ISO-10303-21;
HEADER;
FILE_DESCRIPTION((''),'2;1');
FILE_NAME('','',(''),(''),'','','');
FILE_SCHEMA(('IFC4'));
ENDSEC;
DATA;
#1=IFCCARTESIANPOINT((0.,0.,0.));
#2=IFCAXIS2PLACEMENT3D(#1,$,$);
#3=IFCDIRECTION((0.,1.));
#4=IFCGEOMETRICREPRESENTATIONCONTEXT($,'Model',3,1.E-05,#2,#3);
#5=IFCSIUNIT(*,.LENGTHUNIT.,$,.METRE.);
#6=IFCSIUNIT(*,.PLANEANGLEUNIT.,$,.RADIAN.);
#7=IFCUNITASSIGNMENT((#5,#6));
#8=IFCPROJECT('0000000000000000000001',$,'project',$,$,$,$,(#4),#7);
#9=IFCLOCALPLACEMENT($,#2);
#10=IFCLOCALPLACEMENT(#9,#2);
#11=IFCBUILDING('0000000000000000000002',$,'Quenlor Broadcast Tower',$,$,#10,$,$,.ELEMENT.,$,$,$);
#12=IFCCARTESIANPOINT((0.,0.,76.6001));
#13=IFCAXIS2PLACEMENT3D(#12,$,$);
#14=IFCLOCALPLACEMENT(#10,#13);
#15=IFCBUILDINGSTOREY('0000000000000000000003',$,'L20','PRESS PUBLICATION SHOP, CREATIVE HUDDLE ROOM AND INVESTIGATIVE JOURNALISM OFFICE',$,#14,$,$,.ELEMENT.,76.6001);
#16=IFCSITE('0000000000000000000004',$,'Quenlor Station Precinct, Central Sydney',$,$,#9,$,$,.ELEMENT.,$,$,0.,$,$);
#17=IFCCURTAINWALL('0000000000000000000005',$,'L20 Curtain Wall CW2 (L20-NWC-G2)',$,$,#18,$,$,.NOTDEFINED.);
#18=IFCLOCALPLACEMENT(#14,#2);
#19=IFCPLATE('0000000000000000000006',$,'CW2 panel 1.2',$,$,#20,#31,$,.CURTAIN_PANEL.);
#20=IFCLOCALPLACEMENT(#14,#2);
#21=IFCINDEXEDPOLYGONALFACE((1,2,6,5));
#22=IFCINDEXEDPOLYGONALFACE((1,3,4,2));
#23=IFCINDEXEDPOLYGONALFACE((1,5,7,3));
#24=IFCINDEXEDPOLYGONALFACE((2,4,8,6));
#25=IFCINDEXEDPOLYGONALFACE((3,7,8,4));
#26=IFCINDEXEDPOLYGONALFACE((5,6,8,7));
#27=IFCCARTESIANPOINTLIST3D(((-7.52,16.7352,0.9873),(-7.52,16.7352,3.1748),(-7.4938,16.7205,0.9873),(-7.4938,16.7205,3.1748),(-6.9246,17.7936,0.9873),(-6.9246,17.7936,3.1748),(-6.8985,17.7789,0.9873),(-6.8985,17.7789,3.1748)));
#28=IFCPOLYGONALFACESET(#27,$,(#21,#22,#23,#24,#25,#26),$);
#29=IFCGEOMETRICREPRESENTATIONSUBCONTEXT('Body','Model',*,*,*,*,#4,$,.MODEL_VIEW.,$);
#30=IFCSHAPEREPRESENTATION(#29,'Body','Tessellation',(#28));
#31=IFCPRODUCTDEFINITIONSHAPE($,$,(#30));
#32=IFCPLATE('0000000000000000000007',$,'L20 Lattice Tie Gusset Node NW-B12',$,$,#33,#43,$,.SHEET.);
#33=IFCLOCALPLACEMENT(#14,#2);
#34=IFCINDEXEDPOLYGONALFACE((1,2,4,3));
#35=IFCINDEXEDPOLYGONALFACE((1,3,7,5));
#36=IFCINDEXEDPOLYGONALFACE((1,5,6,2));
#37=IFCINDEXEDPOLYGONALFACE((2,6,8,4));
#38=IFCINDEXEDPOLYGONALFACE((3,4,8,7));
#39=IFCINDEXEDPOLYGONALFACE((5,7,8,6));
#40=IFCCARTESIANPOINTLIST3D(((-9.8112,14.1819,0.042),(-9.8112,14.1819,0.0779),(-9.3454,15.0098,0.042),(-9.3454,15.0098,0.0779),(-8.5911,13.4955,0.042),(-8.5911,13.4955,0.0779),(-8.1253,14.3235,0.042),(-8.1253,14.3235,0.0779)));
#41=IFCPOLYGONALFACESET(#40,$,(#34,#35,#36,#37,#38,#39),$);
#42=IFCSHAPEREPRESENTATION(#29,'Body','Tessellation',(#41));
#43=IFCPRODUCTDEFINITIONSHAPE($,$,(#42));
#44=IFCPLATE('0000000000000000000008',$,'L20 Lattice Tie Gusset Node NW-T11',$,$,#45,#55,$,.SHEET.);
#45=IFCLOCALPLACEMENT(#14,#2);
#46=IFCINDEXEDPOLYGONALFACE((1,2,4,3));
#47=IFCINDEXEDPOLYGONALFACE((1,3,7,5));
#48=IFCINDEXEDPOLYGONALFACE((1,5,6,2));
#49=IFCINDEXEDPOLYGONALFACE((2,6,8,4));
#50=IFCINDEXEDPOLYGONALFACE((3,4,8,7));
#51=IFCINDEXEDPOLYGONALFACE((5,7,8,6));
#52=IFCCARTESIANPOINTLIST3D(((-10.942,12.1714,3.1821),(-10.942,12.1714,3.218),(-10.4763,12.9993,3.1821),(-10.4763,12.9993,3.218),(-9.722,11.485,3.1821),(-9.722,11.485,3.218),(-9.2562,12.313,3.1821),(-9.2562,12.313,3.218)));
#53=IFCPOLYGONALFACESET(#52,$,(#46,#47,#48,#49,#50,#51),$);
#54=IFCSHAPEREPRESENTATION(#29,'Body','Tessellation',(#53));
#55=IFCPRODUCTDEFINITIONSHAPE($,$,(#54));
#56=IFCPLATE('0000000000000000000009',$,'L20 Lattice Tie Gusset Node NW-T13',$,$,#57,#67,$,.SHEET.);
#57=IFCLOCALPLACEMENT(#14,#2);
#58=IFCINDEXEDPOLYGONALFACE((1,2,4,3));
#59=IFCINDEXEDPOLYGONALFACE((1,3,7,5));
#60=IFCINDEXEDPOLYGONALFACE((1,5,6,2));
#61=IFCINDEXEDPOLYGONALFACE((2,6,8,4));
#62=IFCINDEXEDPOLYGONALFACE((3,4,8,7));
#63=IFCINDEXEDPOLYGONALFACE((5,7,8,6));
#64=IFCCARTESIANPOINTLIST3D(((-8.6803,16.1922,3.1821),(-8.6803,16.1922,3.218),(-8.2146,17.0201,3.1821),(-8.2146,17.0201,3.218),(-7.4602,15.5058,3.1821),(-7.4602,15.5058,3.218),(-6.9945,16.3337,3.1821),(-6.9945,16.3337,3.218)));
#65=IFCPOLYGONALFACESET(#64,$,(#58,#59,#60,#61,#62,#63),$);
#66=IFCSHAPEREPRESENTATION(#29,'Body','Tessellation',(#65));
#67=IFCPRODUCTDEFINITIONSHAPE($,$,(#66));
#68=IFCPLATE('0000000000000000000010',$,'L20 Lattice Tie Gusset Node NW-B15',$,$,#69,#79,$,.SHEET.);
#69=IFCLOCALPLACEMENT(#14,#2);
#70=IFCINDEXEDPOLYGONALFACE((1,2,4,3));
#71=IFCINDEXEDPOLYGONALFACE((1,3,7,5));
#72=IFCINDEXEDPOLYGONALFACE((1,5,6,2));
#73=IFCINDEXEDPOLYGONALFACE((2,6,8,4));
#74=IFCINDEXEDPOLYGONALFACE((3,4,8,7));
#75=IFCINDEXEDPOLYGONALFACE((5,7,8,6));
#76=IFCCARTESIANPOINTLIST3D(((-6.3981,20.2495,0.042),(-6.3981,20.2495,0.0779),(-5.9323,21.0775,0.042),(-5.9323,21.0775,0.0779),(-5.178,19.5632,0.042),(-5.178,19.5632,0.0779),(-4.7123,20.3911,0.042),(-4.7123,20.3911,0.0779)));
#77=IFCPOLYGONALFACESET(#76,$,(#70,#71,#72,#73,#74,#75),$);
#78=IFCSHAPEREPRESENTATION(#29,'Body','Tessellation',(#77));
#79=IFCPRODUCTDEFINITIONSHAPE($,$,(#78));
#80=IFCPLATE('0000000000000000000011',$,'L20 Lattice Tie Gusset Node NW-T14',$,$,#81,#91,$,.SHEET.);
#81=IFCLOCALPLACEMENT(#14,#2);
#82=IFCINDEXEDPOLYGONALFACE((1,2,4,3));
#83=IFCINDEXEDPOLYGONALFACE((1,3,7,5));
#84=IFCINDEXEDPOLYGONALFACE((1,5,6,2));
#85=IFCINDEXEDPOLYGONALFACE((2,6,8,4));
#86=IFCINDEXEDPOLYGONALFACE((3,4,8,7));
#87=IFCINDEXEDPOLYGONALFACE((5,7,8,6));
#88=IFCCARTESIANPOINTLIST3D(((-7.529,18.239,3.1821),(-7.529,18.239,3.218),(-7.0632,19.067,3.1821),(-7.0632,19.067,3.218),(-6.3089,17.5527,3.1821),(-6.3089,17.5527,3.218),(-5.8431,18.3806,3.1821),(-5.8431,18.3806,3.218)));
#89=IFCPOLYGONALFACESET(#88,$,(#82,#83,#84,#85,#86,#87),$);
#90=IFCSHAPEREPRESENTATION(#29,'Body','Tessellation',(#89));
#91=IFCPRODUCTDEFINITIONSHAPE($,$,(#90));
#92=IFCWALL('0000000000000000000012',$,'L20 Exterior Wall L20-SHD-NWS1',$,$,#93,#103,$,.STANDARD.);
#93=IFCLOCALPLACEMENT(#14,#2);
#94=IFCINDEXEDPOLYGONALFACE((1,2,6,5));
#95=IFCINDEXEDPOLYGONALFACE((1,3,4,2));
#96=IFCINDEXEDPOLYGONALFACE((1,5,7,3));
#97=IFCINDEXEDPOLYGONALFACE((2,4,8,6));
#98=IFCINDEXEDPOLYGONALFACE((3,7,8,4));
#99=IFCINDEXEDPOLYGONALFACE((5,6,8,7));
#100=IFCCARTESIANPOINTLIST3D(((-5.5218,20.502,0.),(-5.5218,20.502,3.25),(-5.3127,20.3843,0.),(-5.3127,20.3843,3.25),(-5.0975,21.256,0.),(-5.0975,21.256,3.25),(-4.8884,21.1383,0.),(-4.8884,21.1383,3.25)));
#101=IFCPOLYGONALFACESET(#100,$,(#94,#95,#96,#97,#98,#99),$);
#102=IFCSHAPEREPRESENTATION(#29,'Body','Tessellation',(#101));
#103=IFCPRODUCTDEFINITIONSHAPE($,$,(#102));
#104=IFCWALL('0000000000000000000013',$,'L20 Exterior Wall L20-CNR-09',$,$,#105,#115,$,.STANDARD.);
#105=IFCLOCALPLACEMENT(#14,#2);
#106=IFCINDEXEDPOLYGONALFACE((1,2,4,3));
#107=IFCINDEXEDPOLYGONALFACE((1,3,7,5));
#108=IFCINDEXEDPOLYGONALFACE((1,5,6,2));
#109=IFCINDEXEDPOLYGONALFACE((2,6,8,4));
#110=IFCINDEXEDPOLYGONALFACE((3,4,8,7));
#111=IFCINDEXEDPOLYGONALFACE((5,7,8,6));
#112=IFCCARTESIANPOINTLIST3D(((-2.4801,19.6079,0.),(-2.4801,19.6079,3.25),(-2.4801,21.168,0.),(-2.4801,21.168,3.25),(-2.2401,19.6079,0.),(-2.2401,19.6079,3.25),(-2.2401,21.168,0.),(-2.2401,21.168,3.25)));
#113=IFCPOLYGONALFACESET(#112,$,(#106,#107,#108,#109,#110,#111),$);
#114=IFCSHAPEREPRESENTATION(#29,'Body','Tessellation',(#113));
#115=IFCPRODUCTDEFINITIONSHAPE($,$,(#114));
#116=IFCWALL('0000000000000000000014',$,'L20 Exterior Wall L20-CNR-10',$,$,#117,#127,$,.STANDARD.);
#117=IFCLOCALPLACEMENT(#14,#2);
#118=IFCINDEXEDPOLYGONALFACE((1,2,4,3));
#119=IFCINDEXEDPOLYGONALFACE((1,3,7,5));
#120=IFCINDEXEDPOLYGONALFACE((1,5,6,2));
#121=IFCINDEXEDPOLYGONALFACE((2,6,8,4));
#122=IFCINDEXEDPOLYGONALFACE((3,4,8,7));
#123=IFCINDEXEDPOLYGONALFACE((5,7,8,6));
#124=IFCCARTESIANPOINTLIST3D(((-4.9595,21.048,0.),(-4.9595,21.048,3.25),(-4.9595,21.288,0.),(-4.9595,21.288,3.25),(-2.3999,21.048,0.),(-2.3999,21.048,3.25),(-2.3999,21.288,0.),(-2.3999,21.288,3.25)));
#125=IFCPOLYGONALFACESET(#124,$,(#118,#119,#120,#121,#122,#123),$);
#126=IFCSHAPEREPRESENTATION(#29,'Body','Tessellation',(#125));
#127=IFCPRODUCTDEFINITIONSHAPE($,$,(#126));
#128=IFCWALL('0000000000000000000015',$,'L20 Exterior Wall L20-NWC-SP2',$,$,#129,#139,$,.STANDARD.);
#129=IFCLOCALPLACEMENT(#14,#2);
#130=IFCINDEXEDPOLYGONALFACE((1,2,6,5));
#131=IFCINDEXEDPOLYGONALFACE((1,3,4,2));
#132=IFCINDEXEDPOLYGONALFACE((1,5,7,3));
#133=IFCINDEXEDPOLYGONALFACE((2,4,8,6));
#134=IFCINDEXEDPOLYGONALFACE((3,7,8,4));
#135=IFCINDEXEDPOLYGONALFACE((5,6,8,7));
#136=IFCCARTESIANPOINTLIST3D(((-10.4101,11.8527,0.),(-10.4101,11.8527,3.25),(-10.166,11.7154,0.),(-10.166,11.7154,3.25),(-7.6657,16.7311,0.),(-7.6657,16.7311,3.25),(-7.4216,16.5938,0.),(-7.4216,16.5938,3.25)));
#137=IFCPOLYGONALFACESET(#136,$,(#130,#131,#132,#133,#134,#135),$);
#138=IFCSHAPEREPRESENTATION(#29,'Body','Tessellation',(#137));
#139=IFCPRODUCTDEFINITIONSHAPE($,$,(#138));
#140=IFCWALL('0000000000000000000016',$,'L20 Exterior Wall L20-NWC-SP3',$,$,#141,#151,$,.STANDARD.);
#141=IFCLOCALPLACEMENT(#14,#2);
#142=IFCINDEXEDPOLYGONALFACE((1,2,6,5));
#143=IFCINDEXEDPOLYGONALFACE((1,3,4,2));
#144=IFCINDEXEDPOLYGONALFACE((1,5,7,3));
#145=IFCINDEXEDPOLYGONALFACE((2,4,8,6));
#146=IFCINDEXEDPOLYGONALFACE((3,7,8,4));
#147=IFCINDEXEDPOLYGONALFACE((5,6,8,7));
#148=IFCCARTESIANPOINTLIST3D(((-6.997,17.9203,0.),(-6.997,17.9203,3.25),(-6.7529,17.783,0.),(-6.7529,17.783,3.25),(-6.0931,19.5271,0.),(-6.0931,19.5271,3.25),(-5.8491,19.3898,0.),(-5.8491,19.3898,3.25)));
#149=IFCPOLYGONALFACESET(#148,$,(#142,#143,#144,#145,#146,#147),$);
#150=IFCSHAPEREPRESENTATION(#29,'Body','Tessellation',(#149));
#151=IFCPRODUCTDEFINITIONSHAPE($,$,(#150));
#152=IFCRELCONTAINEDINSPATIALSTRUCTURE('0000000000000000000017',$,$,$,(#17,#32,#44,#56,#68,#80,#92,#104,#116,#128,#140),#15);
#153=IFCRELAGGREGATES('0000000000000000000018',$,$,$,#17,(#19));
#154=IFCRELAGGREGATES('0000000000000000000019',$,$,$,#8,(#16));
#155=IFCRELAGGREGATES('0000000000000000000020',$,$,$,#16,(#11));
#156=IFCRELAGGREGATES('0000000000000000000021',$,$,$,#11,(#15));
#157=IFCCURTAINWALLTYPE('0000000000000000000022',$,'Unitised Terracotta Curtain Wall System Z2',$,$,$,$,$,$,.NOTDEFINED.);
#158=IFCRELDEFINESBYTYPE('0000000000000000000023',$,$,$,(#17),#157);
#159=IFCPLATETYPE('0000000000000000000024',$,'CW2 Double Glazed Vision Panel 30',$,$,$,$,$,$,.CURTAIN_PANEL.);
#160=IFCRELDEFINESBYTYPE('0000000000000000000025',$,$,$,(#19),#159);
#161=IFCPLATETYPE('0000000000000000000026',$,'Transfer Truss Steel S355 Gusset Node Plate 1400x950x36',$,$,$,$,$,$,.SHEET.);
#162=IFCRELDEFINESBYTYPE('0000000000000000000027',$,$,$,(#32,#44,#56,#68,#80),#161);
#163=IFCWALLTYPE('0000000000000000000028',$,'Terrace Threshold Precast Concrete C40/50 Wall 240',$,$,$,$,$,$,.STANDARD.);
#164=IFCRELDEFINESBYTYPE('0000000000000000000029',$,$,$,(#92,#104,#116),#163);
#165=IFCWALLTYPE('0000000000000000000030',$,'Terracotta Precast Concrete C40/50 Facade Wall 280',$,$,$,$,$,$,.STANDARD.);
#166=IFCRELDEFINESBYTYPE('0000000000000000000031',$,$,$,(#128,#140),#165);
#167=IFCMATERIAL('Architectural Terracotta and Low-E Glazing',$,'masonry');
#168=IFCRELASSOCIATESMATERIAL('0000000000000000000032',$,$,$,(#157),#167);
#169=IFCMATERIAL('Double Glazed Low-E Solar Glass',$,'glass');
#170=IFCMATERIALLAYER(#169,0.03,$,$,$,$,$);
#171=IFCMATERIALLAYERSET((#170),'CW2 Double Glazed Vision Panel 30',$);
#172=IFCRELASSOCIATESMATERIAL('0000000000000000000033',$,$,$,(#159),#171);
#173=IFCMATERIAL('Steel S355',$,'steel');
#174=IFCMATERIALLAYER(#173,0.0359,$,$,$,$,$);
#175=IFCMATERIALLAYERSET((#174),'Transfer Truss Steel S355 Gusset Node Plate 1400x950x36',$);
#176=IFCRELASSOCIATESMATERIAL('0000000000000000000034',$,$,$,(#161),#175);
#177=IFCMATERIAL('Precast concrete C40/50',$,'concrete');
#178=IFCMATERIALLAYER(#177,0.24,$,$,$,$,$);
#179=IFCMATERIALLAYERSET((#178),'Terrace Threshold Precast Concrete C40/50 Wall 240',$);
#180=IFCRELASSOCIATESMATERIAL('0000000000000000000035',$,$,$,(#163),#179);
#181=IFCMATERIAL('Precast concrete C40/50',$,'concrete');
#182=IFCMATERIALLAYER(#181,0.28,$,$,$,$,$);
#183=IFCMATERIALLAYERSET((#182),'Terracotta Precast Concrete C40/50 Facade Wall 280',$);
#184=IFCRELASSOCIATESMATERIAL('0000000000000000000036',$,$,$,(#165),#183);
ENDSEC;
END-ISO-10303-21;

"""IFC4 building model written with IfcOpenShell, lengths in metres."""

from ifc_helpers import new_model, si_unit, direction, frame, frame_2d, origin, origin_2d, place, context, subcontext, project, spatial, rectangle, extrude, material, layer, layer_set, type_object, element, aggregate, save


model = new_model("IFC4")

# Units and contexts
model_context = context("Model", 3, precision=1e-05, world=origin(), true_north=direction((0.0, 1.0)))
body_context = subcontext(model_context, "Body", "Model", "MODEL_VIEW")
ifc_project = project(units=[si_unit("LENGTHUNIT", "METRE"), si_unit("PLANEANGLEUNIT", "RADIAN")], contexts=[model_context])

# Site, building, storey
site_placement = place(None, origin())
site = spatial("IfcSite", under=ifc_project, at=site_placement, Name="Quenlor Station Precinct, Central Sydney", CompositionType="ELEMENT", RefElevation=0.0)
building_placement = place(site_placement, origin())
building = spatial("IfcBuilding", under=site, at=building_placement, Name="Quenlor Broadcast Tower", CompositionType="ELEMENT")
storey_placement = place(building_placement, frame((0.0, 0.0, 76.6001)))
storey = spatial("IfcBuildingStorey", under=building, at=storey_placement, Name="L20", Description="PRESS PUBLICATION SHOP, CREATIVE HUDDLE ROOM AND INVESTIGATIVE JOURNALISM OFFICE", CompositionType="ELEMENT", Elevation=76.6001)

# Shared definitions
ifc_material_1 = material(Name="Architectural Terracotta and Low-E Glazing", Category="masonry")
curtain_wall_type = type_object("IfcCurtainWallType", Name="Unitised Terracotta Curtain Wall System Z2", PredefinedType="NOTDEFINED", material=ifc_material_1)

# Curtain wall
curtain_wall_1_placement = place(storey_placement, origin())
curtain_wall_1 = element("IfcCurtainWall", 1, at=curtain_wall_1_placement, inside=storey, type_object=curtain_wall_type, Name="L20 Curtain Wall CW2 (L20-NWC-G2)", PredefinedType="NOTDEFINED")

# Plate
ifc_material_2 = material(Name="Double Glazed Low-E Solar Glass", Category="glass")
ifc_layer_1 = layer(ifc_material_2, 0.03)
ifc_layer_set_1 = layer_set([ifc_layer_1], Name="CW2 Double Glazed Vision Panel 30")
plate_type_1 = type_object("IfcPlateType", Name="CW2 Double Glazed Vision Panel 30", PredefinedType="CURTAIN_PANEL", material=ifc_layer_set_1)
plate_1_placement = place(storey_placement, frame((-7.2092, 17.2571, 0.9873), z_axis=(0.0, 0.0, 1.0), x_axis=(0.490247, 0.871583, 0.0)))
plate_1 = element("IfcPlate", 2, at=plate_1_placement, type_object=plate_type_1, Name="CW2 panel 1.2", PredefinedType="CURTAIN_PANEL", context=body_context, shape_type="SweptSolid", body=[
    extrude(rectangle(XDim=1.2144, YDim=0.03, at=origin_2d()), origin(), (0.0, 0.0, 1.0), 2.1875),
])
aggregate(curtain_wall_1, [plate_1])

# Plates
ifc_material_3 = material(Name="Steel S355", Category="steel")
ifc_layer_2 = layer(ifc_material_3, 0.0359)
ifc_layer_set_2 = layer_set([ifc_layer_2], Name="Transfer Truss Steel S355 Gusset Node Plate 1400x950x36")
plate_type_2 = type_object("IfcPlateType", Name="Transfer Truss Steel S355 Gusset Node Plate 1400x950x36", PredefinedType="SHEET", material=ifc_layer_set_2)
for number, where, z_axis, x_axis, name in (
    (3, (-8.9683, 14.2527, 0.042), (0.0, 0.0, 1.0), (-0.871556, 0.490295, 0.0), "L20 Lattice Tie Gusset Node NW-B12"),
    (4, (-10.0991, 12.2422, 3.1821), (0.0, 0.0, 1.0), (-0.871556, 0.490295, 0.0), "L20 Lattice Tie Gusset Node NW-T11"),
    (5, (-7.8374, 16.2629, 3.1821), (0.0, 0.0, 1.0), (-0.871556, 0.490295, 0.0), "L20 Lattice Tie Gusset Node NW-T13"),
    (6, (-5.5552, 20.3203, 0.042), (0.0, 0.0, 1.0), (-0.871556, 0.490295, 0.0), "L20 Lattice Tie Gusset Node NW-B15"),
    (7, (-6.686, 18.3098, 3.1821), (0.0, 0.0, 1.0), (-0.871556, 0.490295, 0.0), "L20 Lattice Tie Gusset Node NW-T14"),
):
    element("IfcPlate", number, at=place(storey_placement, frame(where, z_axis=z_axis, x_axis=x_axis)), inside=storey, type_object=plate_type_2, Name=name, PredefinedType="SHEET", context=body_context, shape_type="SweptSolid", body=[
        extrude(rectangle(XDim=1.3999, YDim=0.95, at=origin_2d()), origin(), (0.0, 0.0, 1.0), 0.0359),
    ])

# Walls
ifc_material_4 = material(Name="Precast concrete C40/50", Category="concrete")
ifc_layer_3 = layer(ifc_material_4, 0.24)
ifc_layer_set_3 = layer_set([ifc_layer_3], Name="Terrace Threshold Precast Concrete C40/50 Wall 240")
wall_type_1 = type_object("IfcWallType", Name="Terrace Threshold Precast Concrete C40/50 Wall 240", PredefinedType="STANDARD", material=ifc_layer_set_3)
wall_1_placement = place(storey_placement, frame((-5.4172, 20.4431, 0.0), z_axis=(0.0, 0.0, 1.0), x_axis=(0.490355, 0.871523, 0.0)))
element("IfcWall", 8, at=wall_1_placement, inside=storey, type_object=wall_type_1, Name="L20 Exterior Wall L20-SHD-NWS1", PredefinedType="STANDARD", context=body_context, shape_type="SweptSolid", body=[
    extrude(rectangle(XDim=0.8652, YDim=0.24, at=frame_2d((0.4326, 0.0))), origin(), (0.0, 0.0, 1.0), 3.25),
])
wall_2_placement = place(storey_placement, frame((-2.3601, 19.6079, 0.0), z_axis=(0.0, 0.0, 1.0), x_axis=(0.0, 1.0, 0.0)))
element("IfcWall", 9, at=wall_2_placement, inside=storey, type_object=wall_type_1, Name="L20 Exterior Wall L20-CNR-09", PredefinedType="STANDARD", context=body_context, shape_type="SweptSolid", body=[
    extrude(rectangle(XDim=1.5601, YDim=0.24, at=frame_2d((0.78, 0.0))), origin(), (0.0, 0.0, 1.0), 3.25),
])
wall_3_placement = place(storey_placement, frame((-2.3999, 21.168, 0.0), z_axis=(0.0, 0.0, 1.0), x_axis=(-1.0, 0.0, 0.0)))
element("IfcWall", 10, at=wall_3_placement, inside=storey, type_object=wall_type_1, Name="L20 Exterior Wall L20-CNR-10", PredefinedType="STANDARD", context=body_context, shape_type="SweptSolid", body=[
    extrude(rectangle(XDim=2.5596, YDim=0.24, at=frame_2d((1.2798, 0.0))), origin(), (0.0, 0.0, 1.0), 3.25),
])
ifc_material_5 = material(Name="Precast concrete C40/50", Category="concrete")
ifc_layer_4 = layer(ifc_material_5, 0.28)
ifc_layer_set_4 = layer_set([ifc_layer_4], Name="Terracotta Precast Concrete C40/50 Facade Wall 280")
wall_type_2 = type_object("IfcWallType", Name="Terracotta Precast Concrete C40/50 Facade Wall 280", PredefinedType="STANDARD", material=ifc_layer_set_4)
wall_4_placement = place(storey_placement, frame((-10.2881, 11.7839, 0.0), z_axis=(0.0, 0.0, 1.0), x_axis=(0.490299, 0.871555, 0.0)))
element("IfcWall", 11, at=wall_4_placement, inside=storey, type_object=wall_type_2, Name="L20 Exterior Wall L20-NWC-SP2", PredefinedType="STANDARD", context=body_context, shape_type="SweptSolid", body=[
    extrude(rectangle(XDim=5.5974, YDim=0.28, at=frame_2d((2.7988, 0.0))), origin(), (0.0, 0.0, 1.0), 3.25),
])
wall_5_placement = place(storey_placement, frame((-6.875, 17.8516, 0.0), z_axis=(0.0, 0.0, 1.0), x_axis=(0.49028, 0.871565, 0.0)))
element("IfcWall", 12, at=wall_5_placement, inside=storey, type_object=wall_type_2, Name="L20 Exterior Wall L20-NWC-SP3", PredefinedType="STANDARD", context=body_context, shape_type="SweptSolid", body=[
    extrude(rectangle(XDim=1.8435, YDim=0.28, at=frame_2d((0.9219, 0.0))), origin(), (0.0, 0.0, 1.0), 3.25),
])

save(model, "model.ifc")
